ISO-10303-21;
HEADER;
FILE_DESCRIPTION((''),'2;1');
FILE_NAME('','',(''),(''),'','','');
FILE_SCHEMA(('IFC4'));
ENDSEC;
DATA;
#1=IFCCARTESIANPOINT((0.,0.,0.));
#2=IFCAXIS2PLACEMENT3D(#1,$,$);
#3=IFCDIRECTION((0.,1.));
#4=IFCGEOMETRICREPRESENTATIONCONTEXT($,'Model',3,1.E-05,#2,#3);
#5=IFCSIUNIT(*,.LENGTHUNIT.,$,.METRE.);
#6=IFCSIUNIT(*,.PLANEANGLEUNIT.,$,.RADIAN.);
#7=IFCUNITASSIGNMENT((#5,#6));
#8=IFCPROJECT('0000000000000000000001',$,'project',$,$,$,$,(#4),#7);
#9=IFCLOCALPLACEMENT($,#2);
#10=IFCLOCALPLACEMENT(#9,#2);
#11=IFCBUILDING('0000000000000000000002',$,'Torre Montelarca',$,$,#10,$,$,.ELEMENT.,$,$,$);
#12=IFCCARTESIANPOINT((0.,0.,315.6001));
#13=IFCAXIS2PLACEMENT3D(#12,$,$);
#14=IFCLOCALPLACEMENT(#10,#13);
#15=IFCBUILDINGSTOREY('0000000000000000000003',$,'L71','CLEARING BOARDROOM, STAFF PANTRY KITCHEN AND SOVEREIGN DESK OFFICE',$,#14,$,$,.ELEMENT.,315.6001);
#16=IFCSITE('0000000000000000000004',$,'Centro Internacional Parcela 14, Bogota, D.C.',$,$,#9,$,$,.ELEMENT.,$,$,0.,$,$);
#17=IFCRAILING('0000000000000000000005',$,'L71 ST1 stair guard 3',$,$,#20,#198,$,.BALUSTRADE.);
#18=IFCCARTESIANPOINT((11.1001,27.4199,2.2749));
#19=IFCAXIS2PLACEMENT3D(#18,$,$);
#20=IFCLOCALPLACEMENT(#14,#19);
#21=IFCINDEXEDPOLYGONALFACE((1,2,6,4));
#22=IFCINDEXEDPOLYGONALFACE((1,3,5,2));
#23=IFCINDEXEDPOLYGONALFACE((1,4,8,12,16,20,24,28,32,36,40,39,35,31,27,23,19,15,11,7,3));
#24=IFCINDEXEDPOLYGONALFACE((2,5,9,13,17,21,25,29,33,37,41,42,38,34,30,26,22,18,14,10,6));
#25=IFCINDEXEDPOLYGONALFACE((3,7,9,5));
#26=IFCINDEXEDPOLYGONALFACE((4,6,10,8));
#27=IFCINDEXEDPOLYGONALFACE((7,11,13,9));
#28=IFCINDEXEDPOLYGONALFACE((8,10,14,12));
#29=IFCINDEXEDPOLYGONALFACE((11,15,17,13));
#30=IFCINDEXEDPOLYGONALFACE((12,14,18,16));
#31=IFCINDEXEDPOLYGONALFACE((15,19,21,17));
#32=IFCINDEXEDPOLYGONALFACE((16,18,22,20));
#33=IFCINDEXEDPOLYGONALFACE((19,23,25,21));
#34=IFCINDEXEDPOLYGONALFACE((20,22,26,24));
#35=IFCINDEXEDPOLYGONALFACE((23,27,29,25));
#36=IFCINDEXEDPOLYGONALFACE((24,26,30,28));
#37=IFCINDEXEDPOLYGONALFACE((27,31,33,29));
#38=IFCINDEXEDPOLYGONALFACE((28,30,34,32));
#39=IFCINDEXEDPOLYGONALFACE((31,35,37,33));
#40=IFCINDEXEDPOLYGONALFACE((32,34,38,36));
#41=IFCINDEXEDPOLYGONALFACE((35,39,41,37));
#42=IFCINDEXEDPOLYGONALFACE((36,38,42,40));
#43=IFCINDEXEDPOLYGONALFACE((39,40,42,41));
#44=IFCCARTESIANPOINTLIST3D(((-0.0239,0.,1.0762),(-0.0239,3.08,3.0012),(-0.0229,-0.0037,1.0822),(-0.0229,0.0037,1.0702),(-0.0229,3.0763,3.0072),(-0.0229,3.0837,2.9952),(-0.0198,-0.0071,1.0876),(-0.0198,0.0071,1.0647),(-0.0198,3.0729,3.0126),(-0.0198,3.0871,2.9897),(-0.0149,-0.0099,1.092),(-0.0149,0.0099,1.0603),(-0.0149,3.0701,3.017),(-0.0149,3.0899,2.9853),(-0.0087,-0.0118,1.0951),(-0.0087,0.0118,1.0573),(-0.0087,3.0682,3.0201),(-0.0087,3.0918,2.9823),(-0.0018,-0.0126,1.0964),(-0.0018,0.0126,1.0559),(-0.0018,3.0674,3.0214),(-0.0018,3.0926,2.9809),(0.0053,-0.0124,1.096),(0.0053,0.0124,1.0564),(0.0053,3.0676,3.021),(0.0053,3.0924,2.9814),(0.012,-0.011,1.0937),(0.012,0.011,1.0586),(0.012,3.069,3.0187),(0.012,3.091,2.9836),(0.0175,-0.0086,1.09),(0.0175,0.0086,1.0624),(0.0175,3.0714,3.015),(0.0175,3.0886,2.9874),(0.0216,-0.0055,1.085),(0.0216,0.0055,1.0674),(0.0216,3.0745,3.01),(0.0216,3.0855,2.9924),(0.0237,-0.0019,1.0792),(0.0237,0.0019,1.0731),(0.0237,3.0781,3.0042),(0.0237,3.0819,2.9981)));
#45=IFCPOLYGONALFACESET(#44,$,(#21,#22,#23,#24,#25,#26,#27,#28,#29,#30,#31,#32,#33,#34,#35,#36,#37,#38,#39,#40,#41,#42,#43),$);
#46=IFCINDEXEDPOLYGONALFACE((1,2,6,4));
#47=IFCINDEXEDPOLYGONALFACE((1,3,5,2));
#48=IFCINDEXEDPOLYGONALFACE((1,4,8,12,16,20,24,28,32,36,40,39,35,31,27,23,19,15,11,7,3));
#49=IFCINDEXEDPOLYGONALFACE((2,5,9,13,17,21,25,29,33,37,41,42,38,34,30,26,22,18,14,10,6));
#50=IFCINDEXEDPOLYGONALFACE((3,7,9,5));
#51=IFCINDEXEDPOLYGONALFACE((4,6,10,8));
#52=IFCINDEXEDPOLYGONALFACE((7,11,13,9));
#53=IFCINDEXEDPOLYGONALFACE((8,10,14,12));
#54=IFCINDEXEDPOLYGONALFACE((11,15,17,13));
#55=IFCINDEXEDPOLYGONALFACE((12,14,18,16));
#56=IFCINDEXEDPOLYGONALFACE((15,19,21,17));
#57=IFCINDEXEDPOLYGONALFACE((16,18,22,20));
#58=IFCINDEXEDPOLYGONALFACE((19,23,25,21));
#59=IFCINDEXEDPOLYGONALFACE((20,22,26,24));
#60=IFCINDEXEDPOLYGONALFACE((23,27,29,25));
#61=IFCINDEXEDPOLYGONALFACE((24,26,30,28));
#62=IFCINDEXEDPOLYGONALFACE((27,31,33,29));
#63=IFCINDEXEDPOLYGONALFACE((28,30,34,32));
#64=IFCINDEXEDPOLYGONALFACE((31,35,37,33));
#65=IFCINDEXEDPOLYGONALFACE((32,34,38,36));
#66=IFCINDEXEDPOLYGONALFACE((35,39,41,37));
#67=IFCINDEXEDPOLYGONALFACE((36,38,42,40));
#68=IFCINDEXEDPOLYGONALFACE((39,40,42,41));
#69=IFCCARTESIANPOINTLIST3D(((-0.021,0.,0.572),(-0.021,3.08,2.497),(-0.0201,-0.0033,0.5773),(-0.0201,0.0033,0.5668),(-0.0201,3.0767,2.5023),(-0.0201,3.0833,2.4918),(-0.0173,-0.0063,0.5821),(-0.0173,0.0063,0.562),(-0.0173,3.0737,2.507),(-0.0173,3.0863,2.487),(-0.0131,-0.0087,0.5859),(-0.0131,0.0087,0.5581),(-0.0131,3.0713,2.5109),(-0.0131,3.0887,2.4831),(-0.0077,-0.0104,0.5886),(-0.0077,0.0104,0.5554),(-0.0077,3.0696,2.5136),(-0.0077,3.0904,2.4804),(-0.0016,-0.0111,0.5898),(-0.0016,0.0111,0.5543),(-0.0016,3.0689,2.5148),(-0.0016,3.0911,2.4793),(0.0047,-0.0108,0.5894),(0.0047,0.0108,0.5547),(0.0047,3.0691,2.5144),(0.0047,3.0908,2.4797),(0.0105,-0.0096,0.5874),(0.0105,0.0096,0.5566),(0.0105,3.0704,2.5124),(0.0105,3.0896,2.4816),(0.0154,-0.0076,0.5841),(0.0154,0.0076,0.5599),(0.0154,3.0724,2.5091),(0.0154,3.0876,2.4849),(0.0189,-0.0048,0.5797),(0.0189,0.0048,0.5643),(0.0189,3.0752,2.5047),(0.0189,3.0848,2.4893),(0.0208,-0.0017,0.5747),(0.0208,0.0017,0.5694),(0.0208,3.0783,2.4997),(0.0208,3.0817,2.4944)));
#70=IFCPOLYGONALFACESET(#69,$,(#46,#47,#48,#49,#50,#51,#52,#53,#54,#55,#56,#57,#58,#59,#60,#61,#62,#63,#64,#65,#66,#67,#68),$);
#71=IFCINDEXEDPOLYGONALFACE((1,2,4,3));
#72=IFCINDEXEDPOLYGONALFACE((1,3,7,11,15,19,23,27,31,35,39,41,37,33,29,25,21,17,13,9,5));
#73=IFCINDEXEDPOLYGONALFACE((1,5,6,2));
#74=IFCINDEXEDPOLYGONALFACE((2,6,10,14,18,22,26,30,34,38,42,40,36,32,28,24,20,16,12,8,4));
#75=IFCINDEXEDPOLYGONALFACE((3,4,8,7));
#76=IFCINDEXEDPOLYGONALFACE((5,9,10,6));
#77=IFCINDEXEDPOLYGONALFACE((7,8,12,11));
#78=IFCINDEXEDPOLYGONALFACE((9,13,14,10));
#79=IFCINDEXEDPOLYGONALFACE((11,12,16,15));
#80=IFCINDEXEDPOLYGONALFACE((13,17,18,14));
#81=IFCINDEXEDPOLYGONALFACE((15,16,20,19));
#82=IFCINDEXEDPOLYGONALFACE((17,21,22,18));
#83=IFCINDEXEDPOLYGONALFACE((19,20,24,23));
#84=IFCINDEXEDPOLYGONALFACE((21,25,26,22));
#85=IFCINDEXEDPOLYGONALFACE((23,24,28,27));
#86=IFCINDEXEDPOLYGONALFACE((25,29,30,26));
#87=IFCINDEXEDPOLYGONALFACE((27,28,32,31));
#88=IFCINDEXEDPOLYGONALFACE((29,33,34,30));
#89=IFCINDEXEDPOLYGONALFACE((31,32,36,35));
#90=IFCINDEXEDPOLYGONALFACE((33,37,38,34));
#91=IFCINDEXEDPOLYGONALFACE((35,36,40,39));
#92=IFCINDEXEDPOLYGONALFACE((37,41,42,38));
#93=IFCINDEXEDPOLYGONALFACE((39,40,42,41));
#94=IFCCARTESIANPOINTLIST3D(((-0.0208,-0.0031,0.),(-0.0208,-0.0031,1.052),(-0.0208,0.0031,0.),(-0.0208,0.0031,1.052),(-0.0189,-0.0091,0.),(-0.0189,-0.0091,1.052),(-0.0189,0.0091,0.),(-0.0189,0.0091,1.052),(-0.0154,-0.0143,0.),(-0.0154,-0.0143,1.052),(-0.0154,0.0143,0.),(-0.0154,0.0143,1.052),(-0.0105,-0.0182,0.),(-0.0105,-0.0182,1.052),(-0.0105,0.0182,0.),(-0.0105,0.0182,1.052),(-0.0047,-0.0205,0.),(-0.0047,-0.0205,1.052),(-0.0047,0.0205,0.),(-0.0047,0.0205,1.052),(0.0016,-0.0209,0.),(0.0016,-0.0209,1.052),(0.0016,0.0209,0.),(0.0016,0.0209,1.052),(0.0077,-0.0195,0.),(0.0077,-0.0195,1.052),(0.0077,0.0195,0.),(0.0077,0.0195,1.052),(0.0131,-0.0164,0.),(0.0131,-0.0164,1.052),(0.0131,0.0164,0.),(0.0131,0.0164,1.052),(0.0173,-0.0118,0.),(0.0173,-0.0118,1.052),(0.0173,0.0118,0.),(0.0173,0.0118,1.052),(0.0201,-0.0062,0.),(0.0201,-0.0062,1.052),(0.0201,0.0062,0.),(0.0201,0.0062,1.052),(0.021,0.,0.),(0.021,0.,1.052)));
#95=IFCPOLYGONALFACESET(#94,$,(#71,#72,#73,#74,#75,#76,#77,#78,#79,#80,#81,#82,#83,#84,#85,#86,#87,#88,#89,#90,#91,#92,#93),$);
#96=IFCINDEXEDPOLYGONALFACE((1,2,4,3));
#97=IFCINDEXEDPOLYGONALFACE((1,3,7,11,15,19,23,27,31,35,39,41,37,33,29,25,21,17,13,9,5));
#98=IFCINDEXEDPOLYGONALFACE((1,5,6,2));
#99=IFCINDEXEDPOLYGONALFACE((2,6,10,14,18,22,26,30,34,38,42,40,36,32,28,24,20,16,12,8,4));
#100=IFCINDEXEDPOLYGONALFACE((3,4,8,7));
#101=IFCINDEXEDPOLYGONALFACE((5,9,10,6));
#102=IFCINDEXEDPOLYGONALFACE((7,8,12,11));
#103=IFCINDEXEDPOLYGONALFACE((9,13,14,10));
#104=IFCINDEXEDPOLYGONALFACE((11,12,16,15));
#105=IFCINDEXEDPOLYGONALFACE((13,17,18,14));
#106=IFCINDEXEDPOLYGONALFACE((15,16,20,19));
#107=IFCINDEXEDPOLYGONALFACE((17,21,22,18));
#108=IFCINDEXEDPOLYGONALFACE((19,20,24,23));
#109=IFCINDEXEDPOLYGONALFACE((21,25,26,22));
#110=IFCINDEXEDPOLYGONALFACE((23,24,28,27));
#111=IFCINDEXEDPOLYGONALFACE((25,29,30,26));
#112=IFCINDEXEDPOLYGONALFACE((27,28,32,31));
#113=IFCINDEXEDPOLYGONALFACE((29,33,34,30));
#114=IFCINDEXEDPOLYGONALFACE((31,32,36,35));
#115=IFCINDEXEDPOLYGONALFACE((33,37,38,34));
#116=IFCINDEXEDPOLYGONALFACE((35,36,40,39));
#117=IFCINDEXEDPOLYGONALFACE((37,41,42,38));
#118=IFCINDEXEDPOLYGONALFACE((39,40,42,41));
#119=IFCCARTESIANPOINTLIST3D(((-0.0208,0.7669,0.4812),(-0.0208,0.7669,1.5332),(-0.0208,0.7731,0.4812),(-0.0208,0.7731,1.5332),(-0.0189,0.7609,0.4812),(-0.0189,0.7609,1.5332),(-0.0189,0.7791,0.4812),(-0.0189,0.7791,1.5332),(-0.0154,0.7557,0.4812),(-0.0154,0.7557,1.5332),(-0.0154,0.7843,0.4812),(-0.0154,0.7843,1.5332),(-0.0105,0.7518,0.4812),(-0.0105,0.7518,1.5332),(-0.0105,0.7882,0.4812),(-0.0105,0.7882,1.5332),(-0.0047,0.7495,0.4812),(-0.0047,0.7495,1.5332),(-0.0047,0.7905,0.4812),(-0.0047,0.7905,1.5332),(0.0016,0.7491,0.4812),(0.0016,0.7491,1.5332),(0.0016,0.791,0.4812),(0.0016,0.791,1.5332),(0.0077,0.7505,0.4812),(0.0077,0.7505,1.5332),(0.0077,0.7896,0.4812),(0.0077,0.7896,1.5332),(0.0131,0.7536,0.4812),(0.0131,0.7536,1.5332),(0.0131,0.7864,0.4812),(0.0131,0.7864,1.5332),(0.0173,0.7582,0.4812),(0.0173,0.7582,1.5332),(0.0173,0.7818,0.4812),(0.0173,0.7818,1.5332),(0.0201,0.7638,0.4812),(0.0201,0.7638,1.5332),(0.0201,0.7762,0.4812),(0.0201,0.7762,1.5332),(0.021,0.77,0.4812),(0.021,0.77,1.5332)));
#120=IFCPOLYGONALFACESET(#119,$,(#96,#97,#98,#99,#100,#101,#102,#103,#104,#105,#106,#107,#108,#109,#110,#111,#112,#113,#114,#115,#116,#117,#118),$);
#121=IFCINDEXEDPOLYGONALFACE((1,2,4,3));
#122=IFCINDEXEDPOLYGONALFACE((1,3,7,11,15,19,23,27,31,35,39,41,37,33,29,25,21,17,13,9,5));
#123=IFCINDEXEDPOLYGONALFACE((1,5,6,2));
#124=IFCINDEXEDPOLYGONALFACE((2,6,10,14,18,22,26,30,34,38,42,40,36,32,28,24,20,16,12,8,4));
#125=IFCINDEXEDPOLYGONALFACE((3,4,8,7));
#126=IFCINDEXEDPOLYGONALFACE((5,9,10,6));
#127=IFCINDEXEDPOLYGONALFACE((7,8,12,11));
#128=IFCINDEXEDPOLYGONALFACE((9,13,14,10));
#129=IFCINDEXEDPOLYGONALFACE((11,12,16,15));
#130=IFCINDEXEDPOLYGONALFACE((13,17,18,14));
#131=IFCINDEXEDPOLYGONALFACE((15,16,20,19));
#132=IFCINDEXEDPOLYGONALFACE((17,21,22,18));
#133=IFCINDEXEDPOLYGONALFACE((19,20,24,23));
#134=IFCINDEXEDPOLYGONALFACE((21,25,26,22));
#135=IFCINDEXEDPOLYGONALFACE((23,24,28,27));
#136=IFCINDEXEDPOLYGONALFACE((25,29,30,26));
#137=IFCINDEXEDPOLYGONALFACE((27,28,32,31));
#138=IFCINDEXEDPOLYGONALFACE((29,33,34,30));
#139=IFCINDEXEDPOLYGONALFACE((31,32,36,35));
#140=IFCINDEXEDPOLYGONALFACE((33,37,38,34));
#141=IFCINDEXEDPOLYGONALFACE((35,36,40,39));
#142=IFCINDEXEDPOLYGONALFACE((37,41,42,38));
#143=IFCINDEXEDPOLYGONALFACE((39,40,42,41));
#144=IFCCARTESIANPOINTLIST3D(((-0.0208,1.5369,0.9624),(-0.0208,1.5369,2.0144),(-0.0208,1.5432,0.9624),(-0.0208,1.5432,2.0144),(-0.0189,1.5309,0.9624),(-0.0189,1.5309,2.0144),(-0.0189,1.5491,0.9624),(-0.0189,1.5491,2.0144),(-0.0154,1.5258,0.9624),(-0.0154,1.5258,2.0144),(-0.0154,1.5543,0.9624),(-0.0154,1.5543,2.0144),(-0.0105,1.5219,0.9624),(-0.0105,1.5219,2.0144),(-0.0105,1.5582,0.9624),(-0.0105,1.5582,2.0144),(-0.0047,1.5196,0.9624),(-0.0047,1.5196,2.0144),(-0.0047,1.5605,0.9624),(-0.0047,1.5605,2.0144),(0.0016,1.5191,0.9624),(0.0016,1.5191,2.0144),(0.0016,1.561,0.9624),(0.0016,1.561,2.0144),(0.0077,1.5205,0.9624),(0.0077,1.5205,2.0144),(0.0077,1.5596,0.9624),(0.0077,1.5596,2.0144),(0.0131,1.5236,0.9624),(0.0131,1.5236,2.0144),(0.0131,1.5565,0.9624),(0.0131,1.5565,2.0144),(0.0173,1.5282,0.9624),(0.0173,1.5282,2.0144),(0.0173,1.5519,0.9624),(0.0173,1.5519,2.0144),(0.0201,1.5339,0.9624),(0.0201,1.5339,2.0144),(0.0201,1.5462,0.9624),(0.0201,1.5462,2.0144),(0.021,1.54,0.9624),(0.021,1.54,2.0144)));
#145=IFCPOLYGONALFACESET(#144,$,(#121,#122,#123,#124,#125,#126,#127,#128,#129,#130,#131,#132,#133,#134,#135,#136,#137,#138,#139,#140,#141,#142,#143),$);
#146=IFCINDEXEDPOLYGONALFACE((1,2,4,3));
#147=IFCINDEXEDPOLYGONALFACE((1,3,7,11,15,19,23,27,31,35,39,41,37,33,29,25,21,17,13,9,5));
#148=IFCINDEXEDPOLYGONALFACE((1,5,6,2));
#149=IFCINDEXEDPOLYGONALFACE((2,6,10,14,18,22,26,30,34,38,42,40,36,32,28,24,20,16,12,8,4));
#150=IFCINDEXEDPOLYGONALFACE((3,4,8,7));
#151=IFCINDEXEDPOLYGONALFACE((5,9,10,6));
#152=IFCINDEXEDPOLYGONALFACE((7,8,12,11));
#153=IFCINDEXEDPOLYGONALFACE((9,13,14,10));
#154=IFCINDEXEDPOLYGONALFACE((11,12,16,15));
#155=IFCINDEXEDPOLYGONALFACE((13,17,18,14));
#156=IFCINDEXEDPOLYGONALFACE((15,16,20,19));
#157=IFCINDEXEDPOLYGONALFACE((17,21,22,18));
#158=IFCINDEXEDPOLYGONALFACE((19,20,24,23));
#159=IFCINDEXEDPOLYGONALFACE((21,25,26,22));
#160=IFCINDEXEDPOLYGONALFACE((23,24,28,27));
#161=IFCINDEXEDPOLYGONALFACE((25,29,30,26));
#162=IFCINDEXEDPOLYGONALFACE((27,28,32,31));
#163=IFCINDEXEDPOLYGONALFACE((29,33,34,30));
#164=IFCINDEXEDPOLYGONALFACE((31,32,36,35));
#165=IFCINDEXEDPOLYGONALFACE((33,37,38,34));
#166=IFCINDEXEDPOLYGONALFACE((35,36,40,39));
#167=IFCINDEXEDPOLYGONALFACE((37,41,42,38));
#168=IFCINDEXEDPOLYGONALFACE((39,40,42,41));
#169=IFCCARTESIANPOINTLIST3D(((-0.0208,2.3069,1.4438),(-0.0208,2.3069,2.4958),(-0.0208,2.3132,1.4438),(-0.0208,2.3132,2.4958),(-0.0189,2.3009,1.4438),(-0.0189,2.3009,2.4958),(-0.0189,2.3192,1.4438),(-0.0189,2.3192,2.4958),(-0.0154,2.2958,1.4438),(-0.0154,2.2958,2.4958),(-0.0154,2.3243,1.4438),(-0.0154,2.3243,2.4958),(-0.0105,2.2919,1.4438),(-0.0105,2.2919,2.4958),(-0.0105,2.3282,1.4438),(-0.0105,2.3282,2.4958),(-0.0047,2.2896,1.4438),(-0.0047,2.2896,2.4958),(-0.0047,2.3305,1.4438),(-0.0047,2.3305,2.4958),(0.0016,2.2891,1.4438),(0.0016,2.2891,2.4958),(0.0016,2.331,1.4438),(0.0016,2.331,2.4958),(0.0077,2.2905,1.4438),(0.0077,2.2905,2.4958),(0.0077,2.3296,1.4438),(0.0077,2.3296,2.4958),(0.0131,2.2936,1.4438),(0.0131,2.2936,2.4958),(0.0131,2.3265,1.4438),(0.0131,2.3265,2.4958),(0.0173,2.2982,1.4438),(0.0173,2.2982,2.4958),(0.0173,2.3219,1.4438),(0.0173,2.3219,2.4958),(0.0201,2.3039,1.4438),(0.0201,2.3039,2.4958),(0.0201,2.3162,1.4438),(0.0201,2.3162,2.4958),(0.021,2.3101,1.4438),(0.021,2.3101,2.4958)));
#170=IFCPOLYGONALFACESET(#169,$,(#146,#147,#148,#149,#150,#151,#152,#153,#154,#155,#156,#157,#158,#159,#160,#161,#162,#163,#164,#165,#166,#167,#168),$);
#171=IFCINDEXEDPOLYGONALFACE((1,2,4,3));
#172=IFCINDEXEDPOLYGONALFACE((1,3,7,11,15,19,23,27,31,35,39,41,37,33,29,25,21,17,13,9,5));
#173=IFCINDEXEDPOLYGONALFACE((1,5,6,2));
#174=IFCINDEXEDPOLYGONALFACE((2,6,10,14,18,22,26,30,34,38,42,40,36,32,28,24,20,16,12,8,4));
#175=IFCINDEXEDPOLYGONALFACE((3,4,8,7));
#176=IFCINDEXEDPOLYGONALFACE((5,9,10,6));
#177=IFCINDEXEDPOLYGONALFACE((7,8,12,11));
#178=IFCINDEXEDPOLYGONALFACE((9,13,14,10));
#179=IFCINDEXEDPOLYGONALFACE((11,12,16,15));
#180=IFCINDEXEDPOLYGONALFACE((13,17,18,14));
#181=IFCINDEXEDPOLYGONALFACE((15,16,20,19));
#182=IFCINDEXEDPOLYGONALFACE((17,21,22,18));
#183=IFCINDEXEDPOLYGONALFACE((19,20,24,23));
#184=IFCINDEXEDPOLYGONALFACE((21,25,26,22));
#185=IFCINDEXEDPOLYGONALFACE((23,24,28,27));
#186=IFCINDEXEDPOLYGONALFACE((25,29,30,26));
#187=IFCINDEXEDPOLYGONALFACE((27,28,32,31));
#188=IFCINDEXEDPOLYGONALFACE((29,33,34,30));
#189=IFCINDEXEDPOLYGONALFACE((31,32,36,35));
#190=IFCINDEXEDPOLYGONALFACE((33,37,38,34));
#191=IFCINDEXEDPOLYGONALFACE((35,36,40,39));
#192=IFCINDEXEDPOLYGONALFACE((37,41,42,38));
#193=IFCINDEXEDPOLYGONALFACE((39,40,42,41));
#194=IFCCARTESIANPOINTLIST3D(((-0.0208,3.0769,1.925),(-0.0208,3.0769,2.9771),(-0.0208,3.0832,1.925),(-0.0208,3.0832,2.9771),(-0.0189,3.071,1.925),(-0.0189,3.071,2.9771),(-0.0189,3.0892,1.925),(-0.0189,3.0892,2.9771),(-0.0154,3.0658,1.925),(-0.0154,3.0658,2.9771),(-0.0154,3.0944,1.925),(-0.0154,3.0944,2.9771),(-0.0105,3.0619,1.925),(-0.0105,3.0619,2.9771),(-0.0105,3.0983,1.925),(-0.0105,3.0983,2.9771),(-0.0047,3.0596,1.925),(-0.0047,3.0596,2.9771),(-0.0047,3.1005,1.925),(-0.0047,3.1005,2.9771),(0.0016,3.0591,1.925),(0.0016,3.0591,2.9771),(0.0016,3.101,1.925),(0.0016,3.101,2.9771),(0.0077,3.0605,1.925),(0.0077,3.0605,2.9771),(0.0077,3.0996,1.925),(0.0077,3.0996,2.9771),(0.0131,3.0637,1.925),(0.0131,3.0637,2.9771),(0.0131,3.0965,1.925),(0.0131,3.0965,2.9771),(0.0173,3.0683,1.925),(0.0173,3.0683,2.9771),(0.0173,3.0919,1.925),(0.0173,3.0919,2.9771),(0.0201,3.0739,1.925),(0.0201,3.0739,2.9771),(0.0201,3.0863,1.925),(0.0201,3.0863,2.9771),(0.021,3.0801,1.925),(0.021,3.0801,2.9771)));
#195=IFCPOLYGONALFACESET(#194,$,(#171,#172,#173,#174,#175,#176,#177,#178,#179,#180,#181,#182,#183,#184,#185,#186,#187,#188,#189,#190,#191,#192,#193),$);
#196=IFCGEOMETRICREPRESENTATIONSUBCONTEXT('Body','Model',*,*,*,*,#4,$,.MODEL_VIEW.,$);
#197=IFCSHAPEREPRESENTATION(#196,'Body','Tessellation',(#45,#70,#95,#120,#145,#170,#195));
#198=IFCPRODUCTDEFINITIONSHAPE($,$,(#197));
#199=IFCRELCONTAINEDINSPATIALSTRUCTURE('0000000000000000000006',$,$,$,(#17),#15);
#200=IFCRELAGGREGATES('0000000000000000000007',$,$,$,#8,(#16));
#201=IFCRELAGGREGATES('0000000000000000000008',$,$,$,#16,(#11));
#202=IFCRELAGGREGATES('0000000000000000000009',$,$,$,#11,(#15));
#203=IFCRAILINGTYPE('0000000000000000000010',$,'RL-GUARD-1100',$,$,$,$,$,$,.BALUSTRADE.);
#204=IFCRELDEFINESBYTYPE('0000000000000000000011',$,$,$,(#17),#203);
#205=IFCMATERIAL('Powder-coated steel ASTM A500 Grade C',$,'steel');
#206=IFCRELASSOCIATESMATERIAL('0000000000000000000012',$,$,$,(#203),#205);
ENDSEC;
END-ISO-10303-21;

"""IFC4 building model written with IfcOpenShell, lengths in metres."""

from ifc_helpers import new_model, si_unit, direction, frame, origin, origin_2d, place, context, subcontext, project, spatial, circle, extrude, material, type_object, element, save


model = new_model("IFC4")

# Units and contexts
model_context = context("Model", 3, precision=1e-05, world=origin(), true_north=direction((0.0, 1.0)))
body_context = subcontext(model_context, "Body", "Model", "MODEL_VIEW")
ifc_project = project(units=[si_unit("LENGTHUNIT", "METRE"), si_unit("PLANEANGLEUNIT", "RADIAN")], contexts=[model_context])

# Site, building, storey
site_placement = place(None, origin())
site = spatial("IfcSite", under=ifc_project, at=site_placement, Name="Centro Internacional Parcela 14, Bogota, D.C.", CompositionType="ELEMENT", RefElevation=0.0)
building_placement = place(site_placement, origin())
building = spatial("IfcBuilding", under=site, at=building_placement, Name="Torre Montelarca", CompositionType="ELEMENT")
storey_placement = place(building_placement, frame((0.0, 0.0, 315.6001)))
storey = spatial("IfcBuildingStorey", under=building, at=storey_placement, Name="L71", Description="CLEARING BOARDROOM, STAFF PANTRY KITCHEN AND SOVEREIGN DESK OFFICE", CompositionType="ELEMENT", Elevation=315.6001)

# Railing
ifc_material_1 = material(Name="Powder-coated steel ASTM A500 Grade C", Category="steel")
railing_type_1 = type_object("IfcRailingType", Name="RL-GUARD-1100", PredefinedType="BALUSTRADE", material=ifc_material_1)
railing_1_placement = place(storey_placement, frame((11.1001, 27.4199, 2.2749)))
element("IfcRailing", 1, at=railing_1_placement, inside=storey, type_object=railing_type_1, Name="L71 ST1 stair guard 3", PredefinedType="BALUSTRADE", context=body_context, shape_type="SweptSolid", body=[
    extrude(circle(Radius=0.0239, at=origin_2d()), frame((0.0, 0.0, 1.0762), z_axis=(0.0, 0.847998, 0.529999), x_axis=(-1.0, 0.0, 0.0)), (0.0, 0.0, 1.0), 3.6321),
    extrude(circle(Radius=0.021, at=origin_2d()), frame((0.0, 0.0, 0.572), z_axis=(0.0, 0.847998, 0.529999), x_axis=(-1.0, 0.0, 0.0)), (0.0, 0.0, 1.0), 3.6321),
    extrude(circle(Radius=0.021, at=origin_2d()), origin(), (0.0, 0.0, 1.0), 1.052),
    extrude(circle(Radius=0.021, at=origin_2d()), frame((0.0, 0.77, 0.4812)), (0.0, 0.0, 1.0), 1.052),
    extrude(circle(Radius=0.021, at=origin_2d()), frame((0.0, 1.54, 0.9624)), (0.0, 0.0, 1.0), 1.052),
    extrude(circle(Radius=0.021, at=origin_2d()), frame((0.0, 2.3101, 1.4438)), (0.0, 0.0, 1.0), 1.052),
    extrude(circle(Radius=0.021, at=origin_2d()), frame((0.0, 3.0801, 1.925)), (0.0, 0.0, 1.0), 1.052),
])

save(model, "model.ifc")
